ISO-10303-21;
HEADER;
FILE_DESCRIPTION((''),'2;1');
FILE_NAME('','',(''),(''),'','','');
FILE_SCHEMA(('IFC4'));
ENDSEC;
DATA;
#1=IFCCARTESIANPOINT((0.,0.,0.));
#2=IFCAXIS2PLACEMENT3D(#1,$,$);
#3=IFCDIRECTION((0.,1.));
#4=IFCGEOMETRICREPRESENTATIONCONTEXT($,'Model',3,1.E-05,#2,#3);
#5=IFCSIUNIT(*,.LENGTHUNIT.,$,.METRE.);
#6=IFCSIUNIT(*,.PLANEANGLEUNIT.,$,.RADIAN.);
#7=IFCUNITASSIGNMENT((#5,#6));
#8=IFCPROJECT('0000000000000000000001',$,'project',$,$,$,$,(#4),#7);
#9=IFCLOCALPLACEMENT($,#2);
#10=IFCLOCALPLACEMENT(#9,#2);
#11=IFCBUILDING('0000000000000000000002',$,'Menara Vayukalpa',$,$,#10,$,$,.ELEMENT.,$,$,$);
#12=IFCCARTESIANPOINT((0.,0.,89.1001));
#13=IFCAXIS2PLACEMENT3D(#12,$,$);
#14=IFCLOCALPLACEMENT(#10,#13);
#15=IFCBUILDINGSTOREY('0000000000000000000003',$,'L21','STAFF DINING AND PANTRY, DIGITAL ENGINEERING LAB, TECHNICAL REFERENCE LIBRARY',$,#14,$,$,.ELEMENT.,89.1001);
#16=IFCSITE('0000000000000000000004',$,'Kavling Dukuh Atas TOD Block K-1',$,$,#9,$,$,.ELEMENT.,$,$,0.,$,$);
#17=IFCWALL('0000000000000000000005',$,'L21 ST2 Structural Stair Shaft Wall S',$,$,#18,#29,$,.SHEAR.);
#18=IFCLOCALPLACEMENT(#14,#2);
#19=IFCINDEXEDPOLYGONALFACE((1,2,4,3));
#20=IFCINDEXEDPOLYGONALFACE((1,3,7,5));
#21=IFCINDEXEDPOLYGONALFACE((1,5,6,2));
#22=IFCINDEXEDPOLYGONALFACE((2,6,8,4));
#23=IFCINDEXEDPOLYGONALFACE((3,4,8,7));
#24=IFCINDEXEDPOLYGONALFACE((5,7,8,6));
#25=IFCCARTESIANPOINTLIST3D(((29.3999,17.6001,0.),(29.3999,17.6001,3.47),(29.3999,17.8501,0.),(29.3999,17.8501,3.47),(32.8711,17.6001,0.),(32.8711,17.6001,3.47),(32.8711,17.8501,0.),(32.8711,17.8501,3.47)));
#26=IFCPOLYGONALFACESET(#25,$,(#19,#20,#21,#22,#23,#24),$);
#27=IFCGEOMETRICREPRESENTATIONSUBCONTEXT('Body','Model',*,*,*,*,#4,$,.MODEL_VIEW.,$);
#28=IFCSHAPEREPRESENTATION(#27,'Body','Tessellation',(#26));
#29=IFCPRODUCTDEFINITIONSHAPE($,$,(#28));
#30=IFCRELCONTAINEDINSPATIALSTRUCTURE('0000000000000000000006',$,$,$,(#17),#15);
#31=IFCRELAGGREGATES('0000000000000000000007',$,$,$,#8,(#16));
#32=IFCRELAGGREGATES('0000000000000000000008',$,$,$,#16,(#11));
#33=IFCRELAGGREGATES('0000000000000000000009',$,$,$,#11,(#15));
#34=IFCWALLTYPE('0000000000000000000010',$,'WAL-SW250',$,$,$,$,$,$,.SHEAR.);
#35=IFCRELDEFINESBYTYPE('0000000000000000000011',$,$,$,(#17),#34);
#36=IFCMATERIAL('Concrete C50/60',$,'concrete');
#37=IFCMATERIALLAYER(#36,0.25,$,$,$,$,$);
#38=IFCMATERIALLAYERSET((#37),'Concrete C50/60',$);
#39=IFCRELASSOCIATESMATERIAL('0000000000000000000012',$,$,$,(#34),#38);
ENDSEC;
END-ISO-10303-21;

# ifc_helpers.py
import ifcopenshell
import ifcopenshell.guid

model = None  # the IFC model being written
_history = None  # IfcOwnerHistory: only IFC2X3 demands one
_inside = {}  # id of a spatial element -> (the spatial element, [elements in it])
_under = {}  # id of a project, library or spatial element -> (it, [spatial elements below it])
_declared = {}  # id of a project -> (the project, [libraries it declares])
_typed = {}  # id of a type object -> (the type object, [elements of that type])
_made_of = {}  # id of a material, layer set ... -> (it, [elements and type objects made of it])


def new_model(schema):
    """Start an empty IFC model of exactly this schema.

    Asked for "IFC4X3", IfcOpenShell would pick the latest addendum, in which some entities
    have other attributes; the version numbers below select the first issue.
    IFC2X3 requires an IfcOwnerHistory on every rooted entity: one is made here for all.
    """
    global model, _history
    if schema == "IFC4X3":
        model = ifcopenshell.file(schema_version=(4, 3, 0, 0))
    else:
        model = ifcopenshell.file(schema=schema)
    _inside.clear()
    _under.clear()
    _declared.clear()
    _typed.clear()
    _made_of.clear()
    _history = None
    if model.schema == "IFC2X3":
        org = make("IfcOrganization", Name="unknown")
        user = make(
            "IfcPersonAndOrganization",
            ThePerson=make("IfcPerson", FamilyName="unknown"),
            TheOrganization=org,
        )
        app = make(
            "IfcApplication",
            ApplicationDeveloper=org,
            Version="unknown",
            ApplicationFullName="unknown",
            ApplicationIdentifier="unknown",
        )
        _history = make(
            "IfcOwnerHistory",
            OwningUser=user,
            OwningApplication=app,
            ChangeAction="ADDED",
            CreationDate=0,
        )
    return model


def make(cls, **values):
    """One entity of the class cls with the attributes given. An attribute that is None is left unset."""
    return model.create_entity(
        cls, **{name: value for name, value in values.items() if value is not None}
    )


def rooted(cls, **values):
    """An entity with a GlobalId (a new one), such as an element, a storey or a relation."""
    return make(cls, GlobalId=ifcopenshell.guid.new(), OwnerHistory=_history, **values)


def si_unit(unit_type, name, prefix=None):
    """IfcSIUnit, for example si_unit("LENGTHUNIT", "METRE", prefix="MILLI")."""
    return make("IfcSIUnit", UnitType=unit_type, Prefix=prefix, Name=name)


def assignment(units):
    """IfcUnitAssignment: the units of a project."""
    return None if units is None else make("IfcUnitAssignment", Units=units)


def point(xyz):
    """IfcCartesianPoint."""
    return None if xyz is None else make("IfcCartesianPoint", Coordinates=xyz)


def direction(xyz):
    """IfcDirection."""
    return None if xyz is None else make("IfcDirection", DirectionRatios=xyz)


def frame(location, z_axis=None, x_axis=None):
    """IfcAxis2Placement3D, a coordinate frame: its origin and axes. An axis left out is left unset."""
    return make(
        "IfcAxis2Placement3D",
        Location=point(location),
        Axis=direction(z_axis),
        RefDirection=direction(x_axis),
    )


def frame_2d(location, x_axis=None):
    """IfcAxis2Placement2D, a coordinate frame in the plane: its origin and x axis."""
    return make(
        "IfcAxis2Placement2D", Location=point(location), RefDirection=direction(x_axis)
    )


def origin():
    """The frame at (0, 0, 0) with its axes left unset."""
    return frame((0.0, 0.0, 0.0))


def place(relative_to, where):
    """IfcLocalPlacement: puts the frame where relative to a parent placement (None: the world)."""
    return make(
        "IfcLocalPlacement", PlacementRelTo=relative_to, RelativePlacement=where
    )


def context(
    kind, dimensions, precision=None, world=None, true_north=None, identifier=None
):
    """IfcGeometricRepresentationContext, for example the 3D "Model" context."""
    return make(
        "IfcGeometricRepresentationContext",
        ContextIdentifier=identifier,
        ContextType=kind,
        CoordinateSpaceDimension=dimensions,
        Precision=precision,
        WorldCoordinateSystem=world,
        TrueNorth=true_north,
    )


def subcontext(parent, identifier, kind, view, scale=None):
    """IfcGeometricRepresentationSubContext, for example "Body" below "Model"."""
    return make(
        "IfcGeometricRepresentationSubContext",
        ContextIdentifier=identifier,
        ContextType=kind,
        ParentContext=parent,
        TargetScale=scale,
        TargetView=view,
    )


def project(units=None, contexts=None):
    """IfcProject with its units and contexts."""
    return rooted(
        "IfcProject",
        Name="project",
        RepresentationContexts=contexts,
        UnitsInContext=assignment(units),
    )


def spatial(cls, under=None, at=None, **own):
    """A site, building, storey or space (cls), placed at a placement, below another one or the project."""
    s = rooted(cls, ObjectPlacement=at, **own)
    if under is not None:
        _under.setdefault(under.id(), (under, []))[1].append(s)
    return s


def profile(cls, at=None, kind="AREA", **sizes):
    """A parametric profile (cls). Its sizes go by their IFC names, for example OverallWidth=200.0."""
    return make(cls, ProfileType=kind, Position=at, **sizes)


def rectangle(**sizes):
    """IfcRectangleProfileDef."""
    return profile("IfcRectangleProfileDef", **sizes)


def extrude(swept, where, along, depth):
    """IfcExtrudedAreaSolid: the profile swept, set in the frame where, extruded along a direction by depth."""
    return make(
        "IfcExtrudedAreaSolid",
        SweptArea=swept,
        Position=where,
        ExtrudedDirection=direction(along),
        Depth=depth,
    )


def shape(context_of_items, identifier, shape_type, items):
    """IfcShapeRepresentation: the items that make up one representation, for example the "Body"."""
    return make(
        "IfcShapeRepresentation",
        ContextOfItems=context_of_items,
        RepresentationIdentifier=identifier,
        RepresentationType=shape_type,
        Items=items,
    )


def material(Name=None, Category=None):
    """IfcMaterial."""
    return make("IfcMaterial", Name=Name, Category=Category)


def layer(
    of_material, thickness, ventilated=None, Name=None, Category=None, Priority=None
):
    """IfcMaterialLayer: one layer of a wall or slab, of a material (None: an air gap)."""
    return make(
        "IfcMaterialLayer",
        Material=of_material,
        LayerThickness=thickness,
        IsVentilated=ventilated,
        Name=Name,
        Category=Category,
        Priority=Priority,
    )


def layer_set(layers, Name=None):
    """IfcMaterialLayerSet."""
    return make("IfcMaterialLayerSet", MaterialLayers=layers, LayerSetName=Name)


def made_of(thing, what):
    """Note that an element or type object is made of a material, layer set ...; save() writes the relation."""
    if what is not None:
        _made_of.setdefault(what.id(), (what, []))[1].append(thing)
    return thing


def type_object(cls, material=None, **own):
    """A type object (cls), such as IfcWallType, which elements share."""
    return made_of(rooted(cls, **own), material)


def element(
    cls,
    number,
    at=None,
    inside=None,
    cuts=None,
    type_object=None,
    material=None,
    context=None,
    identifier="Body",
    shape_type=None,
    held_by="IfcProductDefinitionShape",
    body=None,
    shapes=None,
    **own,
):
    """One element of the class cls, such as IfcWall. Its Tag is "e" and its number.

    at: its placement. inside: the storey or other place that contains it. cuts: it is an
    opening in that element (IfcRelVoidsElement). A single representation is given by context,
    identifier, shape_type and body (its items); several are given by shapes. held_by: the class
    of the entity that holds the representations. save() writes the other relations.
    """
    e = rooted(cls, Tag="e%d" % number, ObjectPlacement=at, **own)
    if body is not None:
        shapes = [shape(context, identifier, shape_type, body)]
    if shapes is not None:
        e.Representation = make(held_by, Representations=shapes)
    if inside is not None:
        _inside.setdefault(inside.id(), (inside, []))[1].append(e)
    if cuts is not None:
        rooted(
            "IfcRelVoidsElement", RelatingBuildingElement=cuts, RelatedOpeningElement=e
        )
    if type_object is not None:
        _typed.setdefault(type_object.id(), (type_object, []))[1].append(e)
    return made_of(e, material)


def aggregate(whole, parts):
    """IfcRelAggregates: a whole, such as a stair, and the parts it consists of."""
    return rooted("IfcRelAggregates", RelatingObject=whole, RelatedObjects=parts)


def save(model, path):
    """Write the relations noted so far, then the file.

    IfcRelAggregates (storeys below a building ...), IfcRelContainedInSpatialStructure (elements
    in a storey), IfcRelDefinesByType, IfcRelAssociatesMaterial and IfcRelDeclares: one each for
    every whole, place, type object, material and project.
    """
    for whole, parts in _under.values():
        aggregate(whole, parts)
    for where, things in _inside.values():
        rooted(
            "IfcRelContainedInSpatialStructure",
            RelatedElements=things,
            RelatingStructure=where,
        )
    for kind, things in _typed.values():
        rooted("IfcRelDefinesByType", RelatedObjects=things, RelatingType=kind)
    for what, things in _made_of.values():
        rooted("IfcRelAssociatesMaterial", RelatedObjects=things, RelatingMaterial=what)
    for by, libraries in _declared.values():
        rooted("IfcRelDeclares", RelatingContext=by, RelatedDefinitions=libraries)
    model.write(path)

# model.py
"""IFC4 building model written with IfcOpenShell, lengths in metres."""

from ifc_helpers import new_model, si_unit, direction, frame, frame_2d, origin, place, context, subcontext, project, spatial, rectangle, extrude, material, layer, layer_set, type_object, element, save


model = new_model("IFC4")

# Units and contexts
model_context = context("Model", 3, precision=1e-05, world=origin(), true_north=direction((0.0, 1.0)))
body_context = subcontext(model_context, "Body", "Model", "MODEL_VIEW")
ifc_project = project(units=[si_unit("LENGTHUNIT", "METRE"), si_unit("PLANEANGLEUNIT", "RADIAN")], contexts=[model_context])

# Site, building, storey
site_placement = place(None, origin())
site = spatial("IfcSite", under=ifc_project, at=site_placement, Name="Kavling Dukuh Atas TOD Block K-1", CompositionType="ELEMENT", RefElevation=0.0)
building_placement = place(site_placement, origin())
building = spatial("IfcBuilding", under=site, at=building_placement, Name="Menara Vayukalpa", CompositionType="ELEMENT")
storey_placement = place(building_placement, frame((0.0, 0.0, 89.1001)))
storey = spatial("IfcBuildingStorey", under=building, at=storey_placement, Name="L21", Description="STAFF DINING AND PANTRY, DIGITAL ENGINEERING LAB, TECHNICAL REFERENCE LIBRARY", CompositionType="ELEMENT", Elevation=89.1001)

# Shared definitions
ifc_material_1 = material(Name="Concrete C50/60", Category="concrete")
ifc_layer_1 = layer(ifc_material_1, 0.25)
ifc_layer_set_1 = layer_set([ifc_layer_1], Name="Concrete C50/60")
wall_type_1 = type_object("IfcWallType", Name="WAL-SW250", PredefinedType="SHEAR", material=ifc_layer_set_1)

# Wall
wall_1_placement = place(storey_placement, frame((29.3999, 17.7251, 0.0), z_axis=(0.0, 0.0, 1.0), x_axis=(1.0, 0.0, 0.0)))
element("IfcWall", 1, at=wall_1_placement, inside=storey, type_object=wall_type_1, Name="L21 ST2 Structural Stair Shaft Wall S", PredefinedType="SHEAR", context=body_context, shape_type="SweptSolid", body=[
    extrude(rectangle(XDim=3.4712, YDim=0.25, at=frame_2d((1.7356, 0.0))), origin(), (0.0, 0.0, 1.0), 3.47),
])

save(model, "model.ifc")
